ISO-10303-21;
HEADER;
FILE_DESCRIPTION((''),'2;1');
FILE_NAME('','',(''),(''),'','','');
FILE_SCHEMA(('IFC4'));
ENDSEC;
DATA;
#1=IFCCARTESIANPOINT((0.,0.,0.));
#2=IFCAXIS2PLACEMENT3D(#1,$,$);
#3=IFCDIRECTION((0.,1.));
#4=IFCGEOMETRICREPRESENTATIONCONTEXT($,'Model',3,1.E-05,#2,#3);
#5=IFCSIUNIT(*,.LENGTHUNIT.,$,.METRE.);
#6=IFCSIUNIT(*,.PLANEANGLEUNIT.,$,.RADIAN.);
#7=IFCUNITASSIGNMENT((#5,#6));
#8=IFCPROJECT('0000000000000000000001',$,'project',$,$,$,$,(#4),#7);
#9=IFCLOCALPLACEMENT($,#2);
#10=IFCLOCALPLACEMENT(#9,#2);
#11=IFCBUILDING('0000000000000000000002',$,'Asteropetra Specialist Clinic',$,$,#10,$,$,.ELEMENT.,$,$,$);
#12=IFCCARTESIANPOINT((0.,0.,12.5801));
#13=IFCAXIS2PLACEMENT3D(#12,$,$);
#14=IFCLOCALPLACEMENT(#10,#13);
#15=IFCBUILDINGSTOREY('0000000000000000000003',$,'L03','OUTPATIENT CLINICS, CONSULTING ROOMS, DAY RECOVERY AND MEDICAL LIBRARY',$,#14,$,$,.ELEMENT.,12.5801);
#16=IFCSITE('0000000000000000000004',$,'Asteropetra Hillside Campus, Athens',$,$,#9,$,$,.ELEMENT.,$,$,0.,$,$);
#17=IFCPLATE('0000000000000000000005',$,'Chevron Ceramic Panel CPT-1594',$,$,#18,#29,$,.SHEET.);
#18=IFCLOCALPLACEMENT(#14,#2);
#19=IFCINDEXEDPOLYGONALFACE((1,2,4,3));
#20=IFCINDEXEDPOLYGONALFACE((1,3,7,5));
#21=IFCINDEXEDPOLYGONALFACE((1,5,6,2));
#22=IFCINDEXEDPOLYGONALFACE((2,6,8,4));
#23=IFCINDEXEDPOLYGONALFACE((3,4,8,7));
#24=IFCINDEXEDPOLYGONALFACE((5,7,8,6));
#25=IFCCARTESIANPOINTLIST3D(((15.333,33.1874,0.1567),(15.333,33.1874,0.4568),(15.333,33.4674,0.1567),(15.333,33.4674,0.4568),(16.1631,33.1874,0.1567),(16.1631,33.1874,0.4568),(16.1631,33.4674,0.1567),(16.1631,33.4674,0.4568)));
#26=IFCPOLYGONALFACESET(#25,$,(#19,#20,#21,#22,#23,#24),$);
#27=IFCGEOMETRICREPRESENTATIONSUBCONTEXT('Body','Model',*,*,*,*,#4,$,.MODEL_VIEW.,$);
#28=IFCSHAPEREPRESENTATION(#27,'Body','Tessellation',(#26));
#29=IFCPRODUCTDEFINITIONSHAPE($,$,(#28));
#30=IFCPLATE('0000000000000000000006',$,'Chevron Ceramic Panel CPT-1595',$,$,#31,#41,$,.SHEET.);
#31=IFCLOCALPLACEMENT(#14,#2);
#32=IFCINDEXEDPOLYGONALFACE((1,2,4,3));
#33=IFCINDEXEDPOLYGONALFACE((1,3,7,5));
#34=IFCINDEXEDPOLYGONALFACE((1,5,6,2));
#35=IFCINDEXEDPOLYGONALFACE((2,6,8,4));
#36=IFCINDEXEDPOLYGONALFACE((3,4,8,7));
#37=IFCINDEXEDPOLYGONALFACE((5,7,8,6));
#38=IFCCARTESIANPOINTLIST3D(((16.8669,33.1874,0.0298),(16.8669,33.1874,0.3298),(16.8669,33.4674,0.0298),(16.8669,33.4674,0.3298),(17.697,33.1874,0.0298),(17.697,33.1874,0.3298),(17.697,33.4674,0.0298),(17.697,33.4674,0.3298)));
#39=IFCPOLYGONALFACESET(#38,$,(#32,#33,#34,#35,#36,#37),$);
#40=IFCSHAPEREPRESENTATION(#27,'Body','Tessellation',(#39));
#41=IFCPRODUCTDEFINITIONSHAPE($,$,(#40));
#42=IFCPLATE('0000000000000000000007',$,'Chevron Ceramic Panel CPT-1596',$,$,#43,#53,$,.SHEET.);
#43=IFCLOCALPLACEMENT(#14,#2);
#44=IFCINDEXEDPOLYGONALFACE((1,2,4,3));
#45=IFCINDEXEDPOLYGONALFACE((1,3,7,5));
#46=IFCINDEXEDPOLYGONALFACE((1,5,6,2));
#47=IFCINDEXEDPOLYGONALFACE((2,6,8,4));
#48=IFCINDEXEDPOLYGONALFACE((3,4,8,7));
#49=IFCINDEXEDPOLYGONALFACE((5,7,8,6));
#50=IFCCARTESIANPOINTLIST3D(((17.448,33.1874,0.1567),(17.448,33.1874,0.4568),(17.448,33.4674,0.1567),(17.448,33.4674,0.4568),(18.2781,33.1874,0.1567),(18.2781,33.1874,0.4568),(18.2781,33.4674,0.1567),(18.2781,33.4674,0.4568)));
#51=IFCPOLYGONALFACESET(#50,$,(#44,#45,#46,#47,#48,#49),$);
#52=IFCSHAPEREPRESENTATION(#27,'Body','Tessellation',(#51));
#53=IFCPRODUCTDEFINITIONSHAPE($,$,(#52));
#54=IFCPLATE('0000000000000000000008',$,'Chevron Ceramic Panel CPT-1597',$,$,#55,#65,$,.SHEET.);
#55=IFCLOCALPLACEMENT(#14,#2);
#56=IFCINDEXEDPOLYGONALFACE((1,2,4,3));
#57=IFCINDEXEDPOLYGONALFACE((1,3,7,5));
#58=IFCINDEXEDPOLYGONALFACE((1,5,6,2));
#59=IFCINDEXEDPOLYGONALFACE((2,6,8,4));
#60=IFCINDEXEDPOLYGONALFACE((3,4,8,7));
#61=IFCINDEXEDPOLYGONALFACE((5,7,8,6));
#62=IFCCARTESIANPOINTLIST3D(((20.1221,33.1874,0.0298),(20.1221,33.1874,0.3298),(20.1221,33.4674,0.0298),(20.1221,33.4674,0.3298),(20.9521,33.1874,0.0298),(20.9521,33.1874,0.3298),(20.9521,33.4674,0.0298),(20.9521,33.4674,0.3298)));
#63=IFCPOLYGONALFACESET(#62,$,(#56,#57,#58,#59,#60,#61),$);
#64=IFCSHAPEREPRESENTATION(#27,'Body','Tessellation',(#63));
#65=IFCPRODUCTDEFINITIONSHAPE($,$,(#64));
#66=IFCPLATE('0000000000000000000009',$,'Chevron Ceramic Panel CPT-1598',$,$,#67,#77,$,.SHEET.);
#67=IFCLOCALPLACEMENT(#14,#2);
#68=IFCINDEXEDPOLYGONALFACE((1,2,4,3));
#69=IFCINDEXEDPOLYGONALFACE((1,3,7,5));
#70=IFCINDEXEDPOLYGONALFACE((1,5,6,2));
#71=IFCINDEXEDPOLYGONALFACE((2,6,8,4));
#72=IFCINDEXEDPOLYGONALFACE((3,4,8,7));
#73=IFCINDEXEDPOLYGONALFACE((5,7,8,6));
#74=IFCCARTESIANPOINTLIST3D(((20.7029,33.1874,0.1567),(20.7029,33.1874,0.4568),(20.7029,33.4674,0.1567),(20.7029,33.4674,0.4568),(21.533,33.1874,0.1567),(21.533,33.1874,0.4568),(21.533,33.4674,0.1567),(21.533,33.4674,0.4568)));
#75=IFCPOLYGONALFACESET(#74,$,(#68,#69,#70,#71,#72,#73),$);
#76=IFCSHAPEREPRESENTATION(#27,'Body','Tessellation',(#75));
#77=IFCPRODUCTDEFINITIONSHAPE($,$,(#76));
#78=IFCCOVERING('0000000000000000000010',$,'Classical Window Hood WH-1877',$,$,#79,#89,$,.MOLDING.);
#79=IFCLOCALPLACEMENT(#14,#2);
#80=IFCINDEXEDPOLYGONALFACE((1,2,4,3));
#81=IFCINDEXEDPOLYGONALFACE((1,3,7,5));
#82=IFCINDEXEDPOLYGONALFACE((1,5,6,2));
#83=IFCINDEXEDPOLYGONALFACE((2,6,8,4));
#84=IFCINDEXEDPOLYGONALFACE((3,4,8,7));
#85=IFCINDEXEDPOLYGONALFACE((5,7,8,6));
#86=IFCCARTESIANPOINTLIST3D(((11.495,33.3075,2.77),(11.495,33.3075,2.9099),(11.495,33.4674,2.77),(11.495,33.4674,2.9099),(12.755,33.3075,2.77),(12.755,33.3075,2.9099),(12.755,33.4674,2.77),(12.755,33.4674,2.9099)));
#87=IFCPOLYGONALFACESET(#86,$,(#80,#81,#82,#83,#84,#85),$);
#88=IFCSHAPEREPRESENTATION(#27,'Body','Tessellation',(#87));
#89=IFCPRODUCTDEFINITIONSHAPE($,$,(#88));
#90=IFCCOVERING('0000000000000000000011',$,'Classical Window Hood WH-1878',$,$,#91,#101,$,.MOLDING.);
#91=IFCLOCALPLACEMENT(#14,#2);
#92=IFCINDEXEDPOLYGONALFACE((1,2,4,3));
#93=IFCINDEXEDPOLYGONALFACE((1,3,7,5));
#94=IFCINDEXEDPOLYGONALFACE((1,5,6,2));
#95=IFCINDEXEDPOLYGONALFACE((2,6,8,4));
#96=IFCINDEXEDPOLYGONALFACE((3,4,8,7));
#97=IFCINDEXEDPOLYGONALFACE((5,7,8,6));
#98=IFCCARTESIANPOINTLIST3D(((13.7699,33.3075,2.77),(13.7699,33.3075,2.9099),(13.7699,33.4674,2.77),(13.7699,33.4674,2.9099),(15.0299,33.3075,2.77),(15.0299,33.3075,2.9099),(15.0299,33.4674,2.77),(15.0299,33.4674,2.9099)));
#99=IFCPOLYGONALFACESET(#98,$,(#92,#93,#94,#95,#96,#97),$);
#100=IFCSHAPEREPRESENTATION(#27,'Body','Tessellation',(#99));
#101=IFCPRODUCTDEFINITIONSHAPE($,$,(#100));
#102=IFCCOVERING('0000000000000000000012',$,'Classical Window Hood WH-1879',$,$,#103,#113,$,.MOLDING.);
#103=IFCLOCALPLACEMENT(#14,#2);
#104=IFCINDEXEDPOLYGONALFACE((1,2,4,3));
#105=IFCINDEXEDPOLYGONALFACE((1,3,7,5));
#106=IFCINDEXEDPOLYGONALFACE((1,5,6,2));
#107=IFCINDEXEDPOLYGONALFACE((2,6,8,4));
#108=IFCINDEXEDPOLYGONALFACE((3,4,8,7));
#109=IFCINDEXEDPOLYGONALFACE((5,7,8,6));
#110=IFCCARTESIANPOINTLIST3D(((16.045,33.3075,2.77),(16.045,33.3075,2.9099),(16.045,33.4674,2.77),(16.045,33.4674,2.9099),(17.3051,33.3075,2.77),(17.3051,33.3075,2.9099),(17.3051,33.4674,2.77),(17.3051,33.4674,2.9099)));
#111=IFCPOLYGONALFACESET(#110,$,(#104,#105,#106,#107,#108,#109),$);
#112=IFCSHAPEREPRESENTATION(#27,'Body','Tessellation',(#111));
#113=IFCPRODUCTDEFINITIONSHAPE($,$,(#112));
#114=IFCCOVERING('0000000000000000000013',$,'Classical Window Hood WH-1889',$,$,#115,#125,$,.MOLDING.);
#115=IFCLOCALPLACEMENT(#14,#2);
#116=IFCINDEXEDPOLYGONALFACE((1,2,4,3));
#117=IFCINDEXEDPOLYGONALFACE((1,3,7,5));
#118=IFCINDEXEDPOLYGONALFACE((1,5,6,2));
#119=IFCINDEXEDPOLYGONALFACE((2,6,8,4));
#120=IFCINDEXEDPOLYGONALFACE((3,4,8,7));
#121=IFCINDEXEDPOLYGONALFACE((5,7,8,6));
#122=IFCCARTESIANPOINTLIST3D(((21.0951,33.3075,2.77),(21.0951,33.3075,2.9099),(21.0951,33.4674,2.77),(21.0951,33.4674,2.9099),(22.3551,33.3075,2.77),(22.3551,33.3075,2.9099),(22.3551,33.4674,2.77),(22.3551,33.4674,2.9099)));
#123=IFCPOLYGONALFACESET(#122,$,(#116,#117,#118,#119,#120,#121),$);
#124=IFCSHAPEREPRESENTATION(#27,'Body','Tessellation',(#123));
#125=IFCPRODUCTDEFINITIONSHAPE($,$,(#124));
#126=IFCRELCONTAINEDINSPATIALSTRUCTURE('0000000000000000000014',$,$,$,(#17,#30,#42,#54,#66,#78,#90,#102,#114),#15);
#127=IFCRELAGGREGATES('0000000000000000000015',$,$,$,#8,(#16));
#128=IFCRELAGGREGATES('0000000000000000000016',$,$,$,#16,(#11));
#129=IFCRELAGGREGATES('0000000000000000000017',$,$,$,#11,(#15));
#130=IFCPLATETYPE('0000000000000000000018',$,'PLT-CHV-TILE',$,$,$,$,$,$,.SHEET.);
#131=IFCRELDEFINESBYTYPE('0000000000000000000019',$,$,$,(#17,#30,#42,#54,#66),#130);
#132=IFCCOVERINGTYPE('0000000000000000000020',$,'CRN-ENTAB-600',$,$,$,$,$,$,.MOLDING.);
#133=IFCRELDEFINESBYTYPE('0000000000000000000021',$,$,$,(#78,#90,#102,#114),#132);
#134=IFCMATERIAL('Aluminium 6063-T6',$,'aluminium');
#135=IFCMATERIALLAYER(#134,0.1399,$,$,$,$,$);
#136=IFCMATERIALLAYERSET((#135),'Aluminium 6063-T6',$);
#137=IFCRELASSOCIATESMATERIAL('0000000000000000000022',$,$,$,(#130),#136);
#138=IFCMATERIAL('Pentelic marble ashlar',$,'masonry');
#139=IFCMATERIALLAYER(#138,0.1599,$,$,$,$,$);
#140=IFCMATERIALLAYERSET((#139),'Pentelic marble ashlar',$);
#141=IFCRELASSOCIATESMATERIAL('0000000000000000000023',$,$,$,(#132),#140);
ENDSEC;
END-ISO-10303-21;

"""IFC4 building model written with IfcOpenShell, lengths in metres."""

from ifc_helpers import new_model, si_unit, direction, frame, origin, origin_2d, place, context, subcontext, project, spatial, rectangle, extrude, material, layer, layer_set, type_object, element, save


model = new_model("IFC4")

# Units and contexts
model_context = context("Model", 3, precision=1e-05, world=origin(), true_north=direction((0.0, 1.0)))
body_context = subcontext(model_context, "Body", "Model", "MODEL_VIEW")
ifc_project = project(units=[si_unit("LENGTHUNIT", "METRE"), si_unit("PLANEANGLEUNIT", "RADIAN")], contexts=[model_context])

# Site, building, storey
site_placement = place(None, origin())
site = spatial("IfcSite", under=ifc_project, at=site_placement, Name="Asteropetra Hillside Campus, Athens", CompositionType="ELEMENT", RefElevation=0.0)
building_placement = place(site_placement, origin())
building = spatial("IfcBuilding", under=site, at=building_placement, Name="Asteropetra Specialist Clinic", CompositionType="ELEMENT")
storey_placement = place(building_placement, frame((0.0, 0.0, 12.5801)))
storey = spatial("IfcBuildingStorey", under=building, at=storey_placement, Name="L03", Description="OUTPATIENT CLINICS, CONSULTING ROOMS, DAY RECOVERY AND MEDICAL LIBRARY", CompositionType="ELEMENT", Elevation=12.5801)

# Plates
ifc_material_1 = material(Name="Aluminium 6063-T6", Category="aluminium")
ifc_layer_1 = layer(ifc_material_1, 0.1399)
ifc_layer_set_1 = layer_set([ifc_layer_1], Name="Aluminium 6063-T6")
plate_type = type_object("IfcPlateType", Name="PLT-CHV-TILE", PredefinedType="SHEET", material=ifc_layer_set_1)
for number, where, z_axis, x_axis, name in (
    (1, (15.748, 33.3274, 0.1567), (0.0, 0.0, 1.0), (1.0, 0.0, 0.0), "Chevron Ceramic Panel CPT-1594"),
    (2, (17.282, 33.3274, 0.0298), (0.0, 0.0, 1.0), (1.0, 0.0, 0.0), "Chevron Ceramic Panel CPT-1595"),
    (3, (17.863, 33.3274, 0.1567), (0.0, 0.0, 1.0), (1.0, 0.0, 0.0), "Chevron Ceramic Panel CPT-1596"),
    (4, (20.5371, 33.3274, 0.0298), (0.0, 0.0, 1.0), (1.0, 0.0, 0.0), "Chevron Ceramic Panel CPT-1597"),
    (5, (21.1179, 33.3274, 0.1567), (0.0, 0.0, 1.0), (1.0, 0.0, 0.0), "Chevron Ceramic Panel CPT-1598"),
):
    element("IfcPlate", number, at=place(storey_placement, frame(where, z_axis=z_axis, x_axis=x_axis)), inside=storey, type_object=plate_type, Name=name, PredefinedType="SHEET", context=body_context, shape_type="SweptSolid", body=[
        extrude(rectangle(XDim=0.8301, YDim=0.28, at=origin_2d()), origin(), (0.0, 0.0, 1.0), 0.3),
    ])

# Coverings
ifc_material_2 = material(Name="Pentelic marble ashlar", Category="masonry")
ifc_layer_2 = layer(ifc_material_2, 0.1599)
ifc_layer_set_2 = layer_set([ifc_layer_2], Name="Pentelic marble ashlar")
covering_type = type_object("IfcCoveringType", Name="CRN-ENTAB-600", PredefinedType="MOLDING", material=ifc_layer_set_2)
for number, where, z_axis, x_axis, name in (
    (6, (12.125, 33.3875, 2.77), (0.0, 0.0, 1.0), (1.0, 0.0, 0.0), "Classical Window Hood WH-1877"),
    (7, (14.3999, 33.3875, 2.77), (0.0, 0.0, 1.0), (1.0, 0.0, 0.0), "Classical Window Hood WH-1878"),
    (8, (16.675, 33.3875, 2.77), (0.0, 0.0, 1.0), (1.0, 0.0, 0.0), "Classical Window Hood WH-1879"),
    (9, (21.7251, 33.3875, 2.77), (0.0, 0.0, 1.0), (1.0, 0.0, 0.0), "Classical Window Hood WH-1889"),
):
    element("IfcCovering", number, at=place(storey_placement, frame(where, z_axis=z_axis, x_axis=x_axis)), inside=storey, type_object=covering_type, Name=name, PredefinedType="MOLDING", context=body_context, shape_type="SweptSolid", body=[
        extrude(rectangle(XDim=1.26, YDim=0.1599, at=origin_2d()), origin(), (0.0, 0.0, 1.0), 0.1399),
    ])

save(model, "model.ifc")
